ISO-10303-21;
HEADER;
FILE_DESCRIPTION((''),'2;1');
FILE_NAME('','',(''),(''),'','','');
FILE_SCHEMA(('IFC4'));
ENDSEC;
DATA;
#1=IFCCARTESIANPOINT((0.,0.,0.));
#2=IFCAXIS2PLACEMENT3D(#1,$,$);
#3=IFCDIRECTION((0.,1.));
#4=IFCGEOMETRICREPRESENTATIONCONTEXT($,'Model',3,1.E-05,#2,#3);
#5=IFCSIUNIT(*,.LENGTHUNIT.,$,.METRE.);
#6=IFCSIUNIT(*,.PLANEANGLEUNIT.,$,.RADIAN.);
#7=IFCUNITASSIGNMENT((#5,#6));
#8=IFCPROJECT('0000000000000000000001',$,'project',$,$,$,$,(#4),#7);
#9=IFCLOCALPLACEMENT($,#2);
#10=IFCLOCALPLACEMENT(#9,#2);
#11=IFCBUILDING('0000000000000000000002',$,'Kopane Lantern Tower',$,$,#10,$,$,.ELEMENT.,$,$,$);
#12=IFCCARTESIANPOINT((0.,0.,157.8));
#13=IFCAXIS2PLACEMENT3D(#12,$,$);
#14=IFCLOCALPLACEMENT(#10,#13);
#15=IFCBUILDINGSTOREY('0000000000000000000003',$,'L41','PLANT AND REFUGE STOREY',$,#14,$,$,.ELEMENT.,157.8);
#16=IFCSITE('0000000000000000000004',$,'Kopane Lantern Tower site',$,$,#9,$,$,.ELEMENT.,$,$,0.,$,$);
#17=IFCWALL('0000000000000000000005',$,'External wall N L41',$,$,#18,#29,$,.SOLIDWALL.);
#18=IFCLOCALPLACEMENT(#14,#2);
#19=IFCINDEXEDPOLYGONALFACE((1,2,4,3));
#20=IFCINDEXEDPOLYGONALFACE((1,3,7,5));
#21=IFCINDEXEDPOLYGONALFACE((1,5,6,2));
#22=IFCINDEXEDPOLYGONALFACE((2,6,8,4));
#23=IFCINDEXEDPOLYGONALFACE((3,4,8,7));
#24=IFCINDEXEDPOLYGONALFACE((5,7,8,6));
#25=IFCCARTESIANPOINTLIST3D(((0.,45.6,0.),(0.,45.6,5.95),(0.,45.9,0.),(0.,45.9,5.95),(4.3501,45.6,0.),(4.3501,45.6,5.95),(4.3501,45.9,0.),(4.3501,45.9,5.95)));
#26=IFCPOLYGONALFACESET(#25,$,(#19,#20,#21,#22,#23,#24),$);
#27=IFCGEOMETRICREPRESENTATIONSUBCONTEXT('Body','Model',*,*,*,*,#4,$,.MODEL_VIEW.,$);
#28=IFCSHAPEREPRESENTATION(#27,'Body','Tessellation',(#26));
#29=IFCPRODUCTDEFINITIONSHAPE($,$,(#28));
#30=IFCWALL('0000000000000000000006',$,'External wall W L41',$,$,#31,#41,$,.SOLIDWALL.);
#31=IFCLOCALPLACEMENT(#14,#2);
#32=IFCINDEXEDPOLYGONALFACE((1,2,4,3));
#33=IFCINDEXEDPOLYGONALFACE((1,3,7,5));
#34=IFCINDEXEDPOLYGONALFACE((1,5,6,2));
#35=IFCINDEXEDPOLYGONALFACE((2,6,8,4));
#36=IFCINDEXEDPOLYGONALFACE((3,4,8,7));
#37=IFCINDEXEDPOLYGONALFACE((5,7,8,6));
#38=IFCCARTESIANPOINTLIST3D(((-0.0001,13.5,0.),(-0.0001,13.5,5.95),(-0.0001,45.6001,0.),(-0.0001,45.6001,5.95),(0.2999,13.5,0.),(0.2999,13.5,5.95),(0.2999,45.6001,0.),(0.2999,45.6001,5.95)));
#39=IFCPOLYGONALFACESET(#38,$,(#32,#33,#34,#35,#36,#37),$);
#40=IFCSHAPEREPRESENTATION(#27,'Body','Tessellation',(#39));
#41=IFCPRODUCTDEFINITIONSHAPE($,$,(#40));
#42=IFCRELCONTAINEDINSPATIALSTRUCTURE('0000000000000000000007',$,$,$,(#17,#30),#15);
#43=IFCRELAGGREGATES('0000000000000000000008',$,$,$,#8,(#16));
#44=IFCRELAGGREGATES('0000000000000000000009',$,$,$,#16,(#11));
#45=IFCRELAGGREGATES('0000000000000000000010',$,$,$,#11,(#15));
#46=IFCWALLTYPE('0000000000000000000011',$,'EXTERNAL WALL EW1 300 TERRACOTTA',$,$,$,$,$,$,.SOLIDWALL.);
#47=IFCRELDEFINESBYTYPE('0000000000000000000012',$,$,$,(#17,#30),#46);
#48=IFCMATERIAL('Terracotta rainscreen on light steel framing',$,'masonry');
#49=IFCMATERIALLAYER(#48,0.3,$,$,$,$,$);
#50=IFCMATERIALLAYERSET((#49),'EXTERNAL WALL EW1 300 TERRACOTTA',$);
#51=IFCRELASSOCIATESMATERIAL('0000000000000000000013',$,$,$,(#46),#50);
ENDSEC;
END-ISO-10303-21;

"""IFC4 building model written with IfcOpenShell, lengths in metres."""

from ifc_helpers import new_model, si_unit, direction, frame, frame_2d, origin, place, context, subcontext, project, spatial, rectangle, extrude, material, layer, layer_set, type_object, element, save


model = new_model("IFC4")

# Units and contexts
model_context = context("Model", 3, precision=1e-05, world=origin(), true_north=direction((0.0, 1.0)))
body_context = subcontext(model_context, "Body", "Model", "MODEL_VIEW")
ifc_project = project(units=[si_unit("LENGTHUNIT", "METRE"), si_unit("PLANEANGLEUNIT", "RADIAN")], contexts=[model_context])

# Site, building, storey
site_placement = place(None, origin())
site = spatial("IfcSite", under=ifc_project, at=site_placement, Name="Kopane Lantern Tower site", CompositionType="ELEMENT", RefElevation=0.0)
building_placement = place(site_placement, origin())
building = spatial("IfcBuilding", under=site, at=building_placement, Name="Kopane Lantern Tower", CompositionType="ELEMENT")
storey_placement = place(building_placement, frame((0.0, 0.0, 157.8)))
storey = spatial("IfcBuildingStorey", under=building, at=storey_placement, Name="L41", Description="PLANT AND REFUGE STOREY", CompositionType="ELEMENT", Elevation=157.8)

# Walls
ifc_material_1 = material(Name="Terracotta rainscreen on light steel framing", Category="masonry")
ifc_layer_1 = layer(ifc_material_1, 0.3)
ifc_layer_set_1 = layer_set([ifc_layer_1], Name="EXTERNAL WALL EW1 300 TERRACOTTA")
wall_type_1 = type_object("IfcWallType", Name="EXTERNAL WALL EW1 300 TERRACOTTA", PredefinedType="SOLIDWALL", material=ifc_layer_set_1)
wall_1_placement = place(storey_placement, frame((4.3501, 45.75, 0.0), z_axis=(0.0, 0.0, 1.0), x_axis=(-1.0, 0.0, 0.0)))
element("IfcWall", 1, at=wall_1_placement, inside=storey, type_object=wall_type_1, Name="External wall N L41", PredefinedType="SOLIDWALL", context=body_context, shape_type="SweptSolid", body=[
    extrude(rectangle(XDim=4.3501, YDim=0.3, at=frame_2d((2.175, 0.0))), origin(), (0.0, 0.0, 1.0), 5.95),
])
wall_2_placement = place(storey_placement, frame((0.1499, 45.6001, 0.0), z_axis=(0.0, 0.0, 1.0), x_axis=(0.0, -1.0, 0.0)))
element("IfcWall", 2, at=wall_2_placement, inside=storey, type_object=wall_type_1, Name="External wall W L41", PredefinedType="SOLIDWALL", context=body_context, shape_type="SweptSolid", body=[
    extrude(rectangle(XDim=32.1001, YDim=0.3, at=frame_2d((16.05, 0.0))), origin(), (0.0, 0.0, 1.0), 5.95),
])

save(model, "model.ifc")
